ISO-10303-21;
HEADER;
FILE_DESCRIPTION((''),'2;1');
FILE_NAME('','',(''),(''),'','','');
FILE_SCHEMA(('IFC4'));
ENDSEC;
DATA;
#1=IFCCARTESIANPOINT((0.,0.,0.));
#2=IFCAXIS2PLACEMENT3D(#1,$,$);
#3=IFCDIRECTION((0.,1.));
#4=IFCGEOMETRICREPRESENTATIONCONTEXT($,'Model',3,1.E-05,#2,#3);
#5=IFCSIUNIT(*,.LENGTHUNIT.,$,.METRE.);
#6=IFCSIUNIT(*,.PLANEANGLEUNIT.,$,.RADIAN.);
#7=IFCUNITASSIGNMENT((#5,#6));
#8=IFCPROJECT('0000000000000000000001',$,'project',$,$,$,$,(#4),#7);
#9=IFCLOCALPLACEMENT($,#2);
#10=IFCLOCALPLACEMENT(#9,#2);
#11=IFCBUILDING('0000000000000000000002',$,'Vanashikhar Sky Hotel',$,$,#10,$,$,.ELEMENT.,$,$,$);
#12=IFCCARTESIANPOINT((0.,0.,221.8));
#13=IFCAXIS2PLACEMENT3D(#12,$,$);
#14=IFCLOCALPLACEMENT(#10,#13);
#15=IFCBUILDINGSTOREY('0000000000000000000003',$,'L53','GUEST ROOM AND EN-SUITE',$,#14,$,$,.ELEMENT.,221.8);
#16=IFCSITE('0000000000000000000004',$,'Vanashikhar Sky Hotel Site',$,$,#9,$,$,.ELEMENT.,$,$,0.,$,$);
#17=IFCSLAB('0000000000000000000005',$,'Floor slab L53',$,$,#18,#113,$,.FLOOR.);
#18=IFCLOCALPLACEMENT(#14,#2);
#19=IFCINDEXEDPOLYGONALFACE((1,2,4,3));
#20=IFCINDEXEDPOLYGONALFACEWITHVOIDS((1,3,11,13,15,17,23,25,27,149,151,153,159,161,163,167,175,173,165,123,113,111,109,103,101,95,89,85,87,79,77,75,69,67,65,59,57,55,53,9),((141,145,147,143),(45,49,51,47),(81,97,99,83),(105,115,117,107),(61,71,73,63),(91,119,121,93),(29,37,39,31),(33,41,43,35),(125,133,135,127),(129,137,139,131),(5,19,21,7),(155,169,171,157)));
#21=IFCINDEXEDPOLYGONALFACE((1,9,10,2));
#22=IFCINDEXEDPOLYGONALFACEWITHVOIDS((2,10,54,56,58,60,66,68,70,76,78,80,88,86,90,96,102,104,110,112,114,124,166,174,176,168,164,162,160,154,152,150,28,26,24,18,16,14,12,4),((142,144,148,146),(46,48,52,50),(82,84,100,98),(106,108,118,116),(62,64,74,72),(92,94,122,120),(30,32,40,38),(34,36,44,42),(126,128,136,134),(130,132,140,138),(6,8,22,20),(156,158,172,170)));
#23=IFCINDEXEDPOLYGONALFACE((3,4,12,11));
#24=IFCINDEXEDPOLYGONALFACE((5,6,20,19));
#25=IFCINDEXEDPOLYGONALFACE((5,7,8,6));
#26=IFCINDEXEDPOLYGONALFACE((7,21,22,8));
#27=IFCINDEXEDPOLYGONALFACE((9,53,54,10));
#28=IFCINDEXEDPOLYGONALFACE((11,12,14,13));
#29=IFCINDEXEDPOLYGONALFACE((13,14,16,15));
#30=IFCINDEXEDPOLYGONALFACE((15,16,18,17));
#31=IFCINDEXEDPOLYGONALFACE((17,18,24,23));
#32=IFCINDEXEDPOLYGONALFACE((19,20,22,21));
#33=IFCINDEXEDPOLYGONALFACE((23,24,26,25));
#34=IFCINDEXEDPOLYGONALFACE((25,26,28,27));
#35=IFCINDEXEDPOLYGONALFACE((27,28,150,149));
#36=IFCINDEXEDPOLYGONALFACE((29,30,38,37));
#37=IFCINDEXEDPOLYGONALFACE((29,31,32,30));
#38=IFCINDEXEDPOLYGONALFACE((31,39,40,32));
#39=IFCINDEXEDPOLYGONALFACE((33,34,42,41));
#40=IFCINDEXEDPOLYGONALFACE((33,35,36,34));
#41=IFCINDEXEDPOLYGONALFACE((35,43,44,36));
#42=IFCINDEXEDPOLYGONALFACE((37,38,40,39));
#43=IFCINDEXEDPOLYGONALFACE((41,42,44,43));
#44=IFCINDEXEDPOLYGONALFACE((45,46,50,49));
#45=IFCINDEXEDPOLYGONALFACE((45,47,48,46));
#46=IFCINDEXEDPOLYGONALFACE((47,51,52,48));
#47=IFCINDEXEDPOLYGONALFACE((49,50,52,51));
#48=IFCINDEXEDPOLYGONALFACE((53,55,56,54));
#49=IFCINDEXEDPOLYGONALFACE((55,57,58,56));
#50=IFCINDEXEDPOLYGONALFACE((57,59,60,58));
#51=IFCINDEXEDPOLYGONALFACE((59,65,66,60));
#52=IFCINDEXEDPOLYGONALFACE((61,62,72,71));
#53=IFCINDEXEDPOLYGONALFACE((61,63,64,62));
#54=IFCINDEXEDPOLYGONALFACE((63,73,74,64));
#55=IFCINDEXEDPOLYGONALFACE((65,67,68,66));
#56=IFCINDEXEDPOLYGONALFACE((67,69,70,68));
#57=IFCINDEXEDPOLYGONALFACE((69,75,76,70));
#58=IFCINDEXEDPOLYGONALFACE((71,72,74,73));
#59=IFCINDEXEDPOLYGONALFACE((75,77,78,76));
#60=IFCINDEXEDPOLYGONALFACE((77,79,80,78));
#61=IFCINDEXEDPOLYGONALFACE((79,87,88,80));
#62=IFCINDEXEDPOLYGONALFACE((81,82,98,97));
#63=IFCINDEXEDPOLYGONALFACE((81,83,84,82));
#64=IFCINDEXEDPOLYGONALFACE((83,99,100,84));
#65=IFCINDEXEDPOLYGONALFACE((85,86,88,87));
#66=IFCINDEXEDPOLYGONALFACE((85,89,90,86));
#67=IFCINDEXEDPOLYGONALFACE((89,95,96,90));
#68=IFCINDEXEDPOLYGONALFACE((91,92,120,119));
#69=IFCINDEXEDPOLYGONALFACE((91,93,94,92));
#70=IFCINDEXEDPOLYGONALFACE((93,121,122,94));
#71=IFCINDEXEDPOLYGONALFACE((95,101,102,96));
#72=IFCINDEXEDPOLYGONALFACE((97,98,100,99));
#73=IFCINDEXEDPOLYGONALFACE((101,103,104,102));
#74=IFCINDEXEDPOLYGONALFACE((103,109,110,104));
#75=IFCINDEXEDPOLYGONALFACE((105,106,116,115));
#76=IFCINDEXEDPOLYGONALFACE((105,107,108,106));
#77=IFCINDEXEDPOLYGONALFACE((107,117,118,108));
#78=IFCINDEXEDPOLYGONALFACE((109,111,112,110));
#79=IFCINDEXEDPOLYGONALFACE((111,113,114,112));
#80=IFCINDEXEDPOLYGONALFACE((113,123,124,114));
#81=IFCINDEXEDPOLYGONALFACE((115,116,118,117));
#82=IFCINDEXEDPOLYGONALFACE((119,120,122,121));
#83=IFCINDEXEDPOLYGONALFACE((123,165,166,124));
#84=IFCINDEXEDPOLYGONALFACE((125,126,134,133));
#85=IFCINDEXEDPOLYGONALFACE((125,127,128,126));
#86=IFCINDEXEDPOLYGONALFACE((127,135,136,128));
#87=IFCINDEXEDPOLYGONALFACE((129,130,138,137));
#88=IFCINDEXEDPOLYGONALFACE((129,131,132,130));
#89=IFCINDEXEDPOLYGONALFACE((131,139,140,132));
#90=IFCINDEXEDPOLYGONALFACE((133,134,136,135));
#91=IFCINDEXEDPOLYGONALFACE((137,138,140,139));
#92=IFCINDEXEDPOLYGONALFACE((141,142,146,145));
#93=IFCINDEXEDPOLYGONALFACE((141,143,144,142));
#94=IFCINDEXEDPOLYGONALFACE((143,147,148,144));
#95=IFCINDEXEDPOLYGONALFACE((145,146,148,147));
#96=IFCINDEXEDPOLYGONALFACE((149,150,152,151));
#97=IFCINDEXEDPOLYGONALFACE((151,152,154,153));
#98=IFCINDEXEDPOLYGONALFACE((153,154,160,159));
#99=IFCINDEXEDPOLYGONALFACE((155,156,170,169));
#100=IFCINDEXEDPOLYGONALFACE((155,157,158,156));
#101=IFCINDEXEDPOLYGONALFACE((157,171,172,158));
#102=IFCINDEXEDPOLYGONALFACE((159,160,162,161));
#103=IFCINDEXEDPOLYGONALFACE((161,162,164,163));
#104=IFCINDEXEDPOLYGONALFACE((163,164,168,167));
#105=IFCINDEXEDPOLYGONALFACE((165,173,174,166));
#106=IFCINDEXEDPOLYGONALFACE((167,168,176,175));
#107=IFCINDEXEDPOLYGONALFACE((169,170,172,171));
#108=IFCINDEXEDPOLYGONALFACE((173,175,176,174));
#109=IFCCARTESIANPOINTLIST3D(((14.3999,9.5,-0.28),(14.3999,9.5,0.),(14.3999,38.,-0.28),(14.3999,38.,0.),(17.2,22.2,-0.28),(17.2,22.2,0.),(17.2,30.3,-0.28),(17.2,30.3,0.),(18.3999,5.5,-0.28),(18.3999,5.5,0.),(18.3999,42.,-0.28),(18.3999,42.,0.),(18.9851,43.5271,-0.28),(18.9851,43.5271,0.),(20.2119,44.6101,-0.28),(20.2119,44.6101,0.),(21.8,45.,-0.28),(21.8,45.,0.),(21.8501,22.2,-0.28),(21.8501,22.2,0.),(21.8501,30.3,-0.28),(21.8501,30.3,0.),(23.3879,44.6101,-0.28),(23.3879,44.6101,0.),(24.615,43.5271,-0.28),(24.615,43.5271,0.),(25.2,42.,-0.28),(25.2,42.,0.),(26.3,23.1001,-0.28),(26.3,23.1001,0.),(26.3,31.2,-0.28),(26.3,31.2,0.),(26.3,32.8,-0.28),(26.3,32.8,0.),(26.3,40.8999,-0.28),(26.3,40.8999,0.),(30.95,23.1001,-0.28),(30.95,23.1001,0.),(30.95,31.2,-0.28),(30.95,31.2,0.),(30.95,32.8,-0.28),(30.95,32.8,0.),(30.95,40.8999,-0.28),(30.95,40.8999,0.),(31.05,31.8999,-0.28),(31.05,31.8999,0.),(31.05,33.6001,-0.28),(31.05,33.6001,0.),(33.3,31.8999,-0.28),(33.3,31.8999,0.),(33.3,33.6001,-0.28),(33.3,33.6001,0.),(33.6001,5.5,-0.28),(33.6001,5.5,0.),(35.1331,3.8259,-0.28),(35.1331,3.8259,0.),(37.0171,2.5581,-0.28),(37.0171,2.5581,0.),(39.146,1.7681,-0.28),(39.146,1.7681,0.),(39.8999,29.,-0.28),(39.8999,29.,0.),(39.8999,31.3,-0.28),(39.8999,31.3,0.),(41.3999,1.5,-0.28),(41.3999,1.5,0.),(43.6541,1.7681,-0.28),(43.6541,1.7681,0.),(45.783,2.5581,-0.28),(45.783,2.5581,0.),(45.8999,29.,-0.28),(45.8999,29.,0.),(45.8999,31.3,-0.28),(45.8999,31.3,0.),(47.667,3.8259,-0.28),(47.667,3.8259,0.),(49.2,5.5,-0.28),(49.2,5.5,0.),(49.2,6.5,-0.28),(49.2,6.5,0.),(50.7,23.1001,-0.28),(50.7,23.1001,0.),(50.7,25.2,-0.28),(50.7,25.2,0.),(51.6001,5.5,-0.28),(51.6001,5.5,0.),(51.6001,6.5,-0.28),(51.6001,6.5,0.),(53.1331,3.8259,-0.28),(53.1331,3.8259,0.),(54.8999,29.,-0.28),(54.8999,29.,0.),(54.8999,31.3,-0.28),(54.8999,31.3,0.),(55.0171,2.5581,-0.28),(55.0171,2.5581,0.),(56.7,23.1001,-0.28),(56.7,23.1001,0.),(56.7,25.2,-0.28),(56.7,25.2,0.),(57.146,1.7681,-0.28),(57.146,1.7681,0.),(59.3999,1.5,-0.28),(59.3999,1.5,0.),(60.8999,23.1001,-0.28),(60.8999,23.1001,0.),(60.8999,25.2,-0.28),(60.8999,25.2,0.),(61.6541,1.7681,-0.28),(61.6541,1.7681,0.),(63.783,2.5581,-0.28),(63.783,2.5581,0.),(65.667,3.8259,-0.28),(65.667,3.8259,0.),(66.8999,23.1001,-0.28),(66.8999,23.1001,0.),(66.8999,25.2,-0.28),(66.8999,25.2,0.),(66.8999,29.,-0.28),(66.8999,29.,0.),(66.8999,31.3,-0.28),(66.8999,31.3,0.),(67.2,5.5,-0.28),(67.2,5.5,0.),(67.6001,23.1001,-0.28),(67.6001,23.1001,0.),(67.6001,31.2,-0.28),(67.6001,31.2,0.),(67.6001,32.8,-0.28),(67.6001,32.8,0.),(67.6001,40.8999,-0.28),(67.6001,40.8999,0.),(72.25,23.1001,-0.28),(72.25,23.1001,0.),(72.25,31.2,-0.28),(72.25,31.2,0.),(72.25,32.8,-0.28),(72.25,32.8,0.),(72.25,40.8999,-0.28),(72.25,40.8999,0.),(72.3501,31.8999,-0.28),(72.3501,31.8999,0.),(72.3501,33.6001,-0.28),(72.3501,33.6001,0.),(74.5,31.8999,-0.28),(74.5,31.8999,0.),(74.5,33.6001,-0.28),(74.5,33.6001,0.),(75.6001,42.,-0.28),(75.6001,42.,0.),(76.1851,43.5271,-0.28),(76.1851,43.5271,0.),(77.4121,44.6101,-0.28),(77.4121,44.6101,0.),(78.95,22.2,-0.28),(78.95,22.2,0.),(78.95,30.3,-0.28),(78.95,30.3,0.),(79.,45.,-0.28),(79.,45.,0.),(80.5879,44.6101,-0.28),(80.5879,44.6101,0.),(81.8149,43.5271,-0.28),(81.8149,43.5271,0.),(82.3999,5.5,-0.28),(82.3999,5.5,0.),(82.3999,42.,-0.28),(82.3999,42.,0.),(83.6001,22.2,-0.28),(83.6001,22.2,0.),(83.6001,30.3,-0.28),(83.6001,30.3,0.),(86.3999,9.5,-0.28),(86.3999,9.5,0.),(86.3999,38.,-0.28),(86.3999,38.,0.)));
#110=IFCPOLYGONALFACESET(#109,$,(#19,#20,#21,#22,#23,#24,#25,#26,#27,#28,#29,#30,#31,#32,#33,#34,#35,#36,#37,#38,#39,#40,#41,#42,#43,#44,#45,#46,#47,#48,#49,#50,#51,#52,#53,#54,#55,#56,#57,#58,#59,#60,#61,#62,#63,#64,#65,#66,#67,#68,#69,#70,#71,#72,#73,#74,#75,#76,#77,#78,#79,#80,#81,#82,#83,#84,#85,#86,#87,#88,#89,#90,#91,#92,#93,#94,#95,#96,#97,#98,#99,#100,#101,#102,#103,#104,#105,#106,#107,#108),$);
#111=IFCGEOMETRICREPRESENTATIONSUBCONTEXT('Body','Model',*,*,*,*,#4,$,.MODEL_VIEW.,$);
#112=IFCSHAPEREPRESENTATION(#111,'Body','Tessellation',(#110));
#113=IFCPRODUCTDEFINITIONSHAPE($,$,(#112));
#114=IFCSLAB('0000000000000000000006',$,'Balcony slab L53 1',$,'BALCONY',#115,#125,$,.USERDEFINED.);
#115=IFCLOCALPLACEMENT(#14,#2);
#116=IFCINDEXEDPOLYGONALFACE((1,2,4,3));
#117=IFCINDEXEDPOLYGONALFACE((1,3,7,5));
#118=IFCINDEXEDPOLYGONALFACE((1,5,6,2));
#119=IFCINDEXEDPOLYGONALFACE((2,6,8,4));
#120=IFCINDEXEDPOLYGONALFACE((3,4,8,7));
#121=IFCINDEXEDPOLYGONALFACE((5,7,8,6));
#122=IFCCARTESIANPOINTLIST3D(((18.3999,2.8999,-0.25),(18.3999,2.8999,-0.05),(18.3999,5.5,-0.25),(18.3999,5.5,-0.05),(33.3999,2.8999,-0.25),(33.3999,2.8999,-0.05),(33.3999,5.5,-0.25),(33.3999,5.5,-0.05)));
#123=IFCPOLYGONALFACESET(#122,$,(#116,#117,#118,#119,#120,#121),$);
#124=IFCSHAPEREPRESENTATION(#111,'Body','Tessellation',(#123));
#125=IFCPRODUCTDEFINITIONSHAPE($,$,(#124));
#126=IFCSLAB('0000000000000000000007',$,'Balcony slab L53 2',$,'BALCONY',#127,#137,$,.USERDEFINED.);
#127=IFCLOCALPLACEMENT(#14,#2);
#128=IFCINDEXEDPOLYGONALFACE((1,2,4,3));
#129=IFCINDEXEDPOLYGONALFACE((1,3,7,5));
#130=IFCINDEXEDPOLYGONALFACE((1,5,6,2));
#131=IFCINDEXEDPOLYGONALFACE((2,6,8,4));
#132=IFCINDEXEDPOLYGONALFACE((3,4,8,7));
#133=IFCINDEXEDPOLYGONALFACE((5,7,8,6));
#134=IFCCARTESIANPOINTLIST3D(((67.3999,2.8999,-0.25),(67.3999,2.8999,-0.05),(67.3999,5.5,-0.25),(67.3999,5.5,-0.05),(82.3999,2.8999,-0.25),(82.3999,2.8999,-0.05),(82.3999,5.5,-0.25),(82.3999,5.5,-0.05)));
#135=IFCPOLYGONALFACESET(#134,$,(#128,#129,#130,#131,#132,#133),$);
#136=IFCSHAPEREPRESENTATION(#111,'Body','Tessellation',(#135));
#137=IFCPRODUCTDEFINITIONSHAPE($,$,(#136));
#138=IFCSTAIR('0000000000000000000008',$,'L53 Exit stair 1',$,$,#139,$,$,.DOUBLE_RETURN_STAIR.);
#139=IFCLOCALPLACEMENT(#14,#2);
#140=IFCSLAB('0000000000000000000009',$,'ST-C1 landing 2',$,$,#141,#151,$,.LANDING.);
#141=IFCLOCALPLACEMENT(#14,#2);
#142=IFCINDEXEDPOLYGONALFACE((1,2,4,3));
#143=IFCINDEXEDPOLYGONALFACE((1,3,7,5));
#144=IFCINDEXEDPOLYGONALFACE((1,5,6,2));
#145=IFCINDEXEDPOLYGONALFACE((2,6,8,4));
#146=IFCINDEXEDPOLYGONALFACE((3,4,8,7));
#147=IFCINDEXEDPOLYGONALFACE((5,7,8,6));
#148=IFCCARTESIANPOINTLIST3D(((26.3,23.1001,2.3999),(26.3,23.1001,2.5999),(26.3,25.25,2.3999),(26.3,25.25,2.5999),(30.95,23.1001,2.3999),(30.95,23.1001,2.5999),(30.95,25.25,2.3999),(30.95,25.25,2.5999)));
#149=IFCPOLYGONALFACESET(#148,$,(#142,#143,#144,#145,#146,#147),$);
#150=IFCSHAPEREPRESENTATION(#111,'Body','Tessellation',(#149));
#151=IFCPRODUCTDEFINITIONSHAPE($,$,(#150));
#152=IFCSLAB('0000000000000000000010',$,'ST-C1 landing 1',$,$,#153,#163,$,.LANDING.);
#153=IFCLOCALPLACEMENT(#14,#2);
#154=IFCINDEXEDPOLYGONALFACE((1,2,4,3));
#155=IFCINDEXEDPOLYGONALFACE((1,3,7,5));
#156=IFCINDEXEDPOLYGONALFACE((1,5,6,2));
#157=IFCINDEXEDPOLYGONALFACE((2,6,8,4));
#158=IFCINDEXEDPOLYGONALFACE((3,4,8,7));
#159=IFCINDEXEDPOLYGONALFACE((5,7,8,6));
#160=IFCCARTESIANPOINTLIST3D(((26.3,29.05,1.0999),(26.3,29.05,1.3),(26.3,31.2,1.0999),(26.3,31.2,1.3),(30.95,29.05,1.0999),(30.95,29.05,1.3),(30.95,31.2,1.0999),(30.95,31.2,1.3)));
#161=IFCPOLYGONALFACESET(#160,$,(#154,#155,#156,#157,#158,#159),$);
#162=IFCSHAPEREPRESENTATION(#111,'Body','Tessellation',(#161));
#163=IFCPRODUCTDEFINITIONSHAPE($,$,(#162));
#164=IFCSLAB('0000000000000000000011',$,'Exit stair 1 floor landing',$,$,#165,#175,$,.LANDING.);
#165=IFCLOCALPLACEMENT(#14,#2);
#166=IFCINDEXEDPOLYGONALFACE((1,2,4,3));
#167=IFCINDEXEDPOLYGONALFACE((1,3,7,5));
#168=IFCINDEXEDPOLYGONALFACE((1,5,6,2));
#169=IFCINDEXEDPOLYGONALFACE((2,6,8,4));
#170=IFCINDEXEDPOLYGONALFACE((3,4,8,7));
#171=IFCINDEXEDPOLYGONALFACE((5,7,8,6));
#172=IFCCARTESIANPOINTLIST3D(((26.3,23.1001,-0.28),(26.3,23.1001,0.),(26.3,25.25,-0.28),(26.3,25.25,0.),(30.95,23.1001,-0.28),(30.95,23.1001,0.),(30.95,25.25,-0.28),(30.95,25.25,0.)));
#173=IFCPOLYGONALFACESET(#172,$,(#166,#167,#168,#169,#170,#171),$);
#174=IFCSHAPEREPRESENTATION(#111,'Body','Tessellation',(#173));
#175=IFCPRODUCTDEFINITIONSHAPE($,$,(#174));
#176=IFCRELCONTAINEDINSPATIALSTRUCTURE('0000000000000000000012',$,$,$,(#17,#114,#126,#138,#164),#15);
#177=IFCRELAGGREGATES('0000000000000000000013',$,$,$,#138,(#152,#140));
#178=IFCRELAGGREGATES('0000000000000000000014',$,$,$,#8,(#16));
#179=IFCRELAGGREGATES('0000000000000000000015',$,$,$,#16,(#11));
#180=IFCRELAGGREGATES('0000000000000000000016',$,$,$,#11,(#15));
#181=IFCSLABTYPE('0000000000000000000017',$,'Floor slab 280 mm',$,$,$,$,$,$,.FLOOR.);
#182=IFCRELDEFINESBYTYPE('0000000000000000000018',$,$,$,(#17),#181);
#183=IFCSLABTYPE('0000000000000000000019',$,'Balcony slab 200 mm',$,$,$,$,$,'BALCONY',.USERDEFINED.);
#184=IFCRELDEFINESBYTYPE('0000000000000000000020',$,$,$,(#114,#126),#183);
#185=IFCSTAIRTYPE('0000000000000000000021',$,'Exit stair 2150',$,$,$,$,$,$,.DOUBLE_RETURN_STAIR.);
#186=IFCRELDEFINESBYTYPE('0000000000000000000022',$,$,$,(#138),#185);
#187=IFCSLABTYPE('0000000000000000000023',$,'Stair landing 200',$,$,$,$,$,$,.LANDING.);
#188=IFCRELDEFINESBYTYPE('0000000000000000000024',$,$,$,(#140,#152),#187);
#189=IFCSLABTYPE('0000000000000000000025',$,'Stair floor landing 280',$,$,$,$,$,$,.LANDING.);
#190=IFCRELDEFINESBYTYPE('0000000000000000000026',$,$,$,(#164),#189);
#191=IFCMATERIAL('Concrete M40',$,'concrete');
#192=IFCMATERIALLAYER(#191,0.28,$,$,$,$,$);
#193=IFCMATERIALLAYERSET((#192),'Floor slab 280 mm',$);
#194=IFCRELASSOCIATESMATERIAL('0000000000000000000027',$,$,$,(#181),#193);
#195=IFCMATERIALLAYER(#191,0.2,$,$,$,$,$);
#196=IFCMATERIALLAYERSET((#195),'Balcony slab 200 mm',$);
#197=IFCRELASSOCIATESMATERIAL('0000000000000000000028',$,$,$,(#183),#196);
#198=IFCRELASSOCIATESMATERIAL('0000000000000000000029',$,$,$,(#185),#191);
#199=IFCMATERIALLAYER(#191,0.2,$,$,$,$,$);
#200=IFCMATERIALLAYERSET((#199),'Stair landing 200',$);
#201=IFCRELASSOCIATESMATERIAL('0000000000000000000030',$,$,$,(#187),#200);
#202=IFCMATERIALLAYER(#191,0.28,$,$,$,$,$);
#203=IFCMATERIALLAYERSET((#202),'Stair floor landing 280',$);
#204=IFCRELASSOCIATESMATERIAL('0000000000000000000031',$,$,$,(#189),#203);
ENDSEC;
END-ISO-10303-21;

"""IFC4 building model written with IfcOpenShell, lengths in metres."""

from ifc_helpers import new_model, si_unit, direction, frame, origin, place, context, subcontext, project, spatial, polyline, outline, extrude, source, transform, mapped, material, layer, layer_set, type_object, element, aggregate, save


model = new_model("IFC4")

# Units and contexts
model_context = context("Model", 3, precision=1e-05, world=origin(), true_north=direction((0.0, 1.0)))
body_context = subcontext(model_context, "Body", "Model", "MODEL_VIEW")
ifc_project = project(units=[si_unit("LENGTHUNIT", "METRE"), si_unit("PLANEANGLEUNIT", "RADIAN")], contexts=[model_context])

# Site, building, storey
site_placement = place(None, origin())
site = spatial("IfcSite", under=ifc_project, at=site_placement, Name="Vanashikhar Sky Hotel Site", CompositionType="ELEMENT", RefElevation=0.0)
building_placement = place(site_placement, origin())
building = spatial("IfcBuilding", under=site, at=building_placement, Name="Vanashikhar Sky Hotel", CompositionType="ELEMENT")
storey_placement = place(building_placement, frame((0.0, 0.0, 221.8)))
storey = spatial("IfcBuildingStorey", under=building, at=storey_placement, Name="L53", Description="GUEST ROOM AND EN-SUITE", CompositionType="ELEMENT", Elevation=221.8)

# Slabs
ifc_material = material(Name="Concrete M40", Category="concrete")
ifc_layer_1 = layer(ifc_material, 0.28)
ifc_layer_set_1 = layer_set([ifc_layer_1], Name="Floor slab 280 mm")
slab_type_1 = type_object("IfcSlabType", Name="Floor slab 280 mm", PredefinedType="FLOOR", material=ifc_layer_set_1)
shared_shape_1 = source(origin(), body_context, "Body", "SweptSolid", [
    extrude(outline(polyline([(49.2, 5.5), (49.2, 6.5), (51.6001, 6.5), (51.6001, 5.5), (53.1331, 3.8259), (55.0171, 2.5581), (57.146, 1.7681), (59.3999, 1.5), (61.6541, 1.7681), (63.783, 2.5581), (65.667, 3.8259), (67.2, 5.5), (82.3999, 5.5), (86.3999, 9.5), (86.3999, 38.0), (82.3999, 42.0), (81.8149, 43.5271), (80.5879, 44.6101), (79.0, 45.0), (77.4121, 44.6101), (76.1851, 43.5271), (75.6001, 42.0), (25.2, 42.0), (24.615, 43.5271), (23.3879, 44.6101), (21.8, 45.0), (20.2119, 44.6101), (18.9851, 43.5271), (18.3999, 42.0), (14.3999, 38.0), (14.3999, 9.5), (18.3999, 5.5), (33.6001, 5.5), (35.1331, 3.8259), (37.0171, 2.5581), (39.146, 1.7681), (41.3999, 1.5), (43.6541, 1.7681), (45.783, 2.5581), (47.667, 3.8259), (49.2, 5.5)]), holes=[polyline([(33.3, 33.6001), (31.05, 33.6001), (31.05, 31.8999), (33.3, 31.8999), (33.3, 33.6001)]), polyline([(39.8999, 31.3), (39.8999, 29.0), (45.8999, 29.0), (45.8999, 31.3), (39.8999, 31.3)]), polyline([(50.7, 25.2), (50.7, 23.1001), (56.7, 23.1001), (56.7, 25.2), (50.7, 25.2)]), polyline([(66.8999, 29.0), (66.8999, 31.3), (54.8999, 31.3), (54.8999, 29.0), (66.8999, 29.0)]), polyline([(60.8999, 25.2), (60.8999, 23.1001), (66.8999, 23.1001), (66.8999, 25.2), (60.8999, 25.2)]), polyline([(74.5, 33.6001), (72.3501, 33.6001), (72.3501, 31.8999), (74.5, 31.8999), (74.5, 33.6001)]), polyline([(30.95, 23.1001), (30.95, 31.2), (26.3, 31.2), (26.3, 23.1001), (30.95, 23.1001)]), polyline([(72.25, 23.1001), (72.25, 31.2), (67.6001, 31.2), (67.6001, 23.1001), (72.25, 23.1001)]), polyline([(30.95, 32.8), (30.95, 40.8999), (26.3, 40.8999), (26.3, 32.8), (30.95, 32.8)]), polyline([(72.25, 32.8), (72.25, 40.8999), (67.6001, 40.8999), (67.6001, 32.8), (72.25, 32.8)]), polyline([(83.6001, 22.2), (83.6001, 30.3), (78.95, 30.3), (78.95, 22.2), (83.6001, 22.2)]), polyline([(21.8501, 22.2), (21.8501, 30.3), (17.2, 30.3), (17.2, 22.2), (21.8501, 22.2)])]), origin(), (0.0, 0.0, 1.0), 0.28),
])
slab_1_placement = place(storey_placement, frame((0.0, 0.0, -0.28)))
element("IfcSlab", 1, at=slab_1_placement, inside=storey, type_object=slab_type_1, Name="Floor slab L53", PredefinedType="FLOOR", context=body_context, shape_type="MappedRepresentation", body=[
    mapped(shared_shape_1, transform((0.0, 0.0, 0.0), scale=1.0)),
])
ifc_layer_2 = layer(ifc_material, 0.2)
ifc_layer_set_2 = layer_set([ifc_layer_2], Name="Balcony slab 200 mm")
slab_type_2 = type_object("IfcSlabType", Name="Balcony slab 200 mm", ElementType="BALCONY", PredefinedType="USERDEFINED", material=ifc_layer_set_2)
shared_shape_2 = source(origin(), body_context, "Body", "SweptSolid", [
    extrude(outline(polyline([(18.3999, 2.8999), (33.3999, 2.8999), (33.3999, 5.5), (18.3999, 5.5), (18.3999, 2.8999)])), origin(), (0.0, 0.0, 1.0), 0.2),
])
slab_2_placement = place(storey_placement, frame((0.0, 0.0, -0.25)))
element("IfcSlab", 2, at=slab_2_placement, inside=storey, type_object=slab_type_2, Name="Balcony slab L53 1", ObjectType="BALCONY", PredefinedType="USERDEFINED", context=body_context, shape_type="MappedRepresentation", body=[
    mapped(shared_shape_2, transform((0.0, 0.0, 0.0), scale=1.0)),
])
shared_shape_3 = source(origin(), body_context, "Body", "SweptSolid", [
    extrude(outline(polyline([(67.3999, 2.8999), (82.3999, 2.8999), (82.3999, 5.5), (67.3999, 5.5), (67.3999, 2.8999)])), origin(), (0.0, 0.0, 1.0), 0.2),
])
slab_3_placement = place(storey_placement, frame((0.0, 0.0, -0.25)))
element("IfcSlab", 3, at=slab_3_placement, inside=storey, type_object=slab_type_2, Name="Balcony slab L53 2", ObjectType="BALCONY", PredefinedType="USERDEFINED", context=body_context, shape_type="MappedRepresentation", body=[
    mapped(shared_shape_3, transform((0.0, 0.0, 0.0), scale=1.0)),
])

# Stair, slabs
stair_type = type_object("IfcStairType", Name="Exit stair 2150", PredefinedType="DOUBLE_RETURN_STAIR", material=ifc_material)
stair_1_placement = place(storey_placement, origin())
stair_1 = element("IfcStair", 4, at=stair_1_placement, inside=storey, type_object=stair_type, Name="L53 Exit stair 1", PredefinedType="DOUBLE_RETURN_STAIR")
ifc_layer_3 = layer(ifc_material, 0.2)
ifc_layer_set_3 = layer_set([ifc_layer_3], Name="Stair landing 200")
slab_type_3 = type_object("IfcSlabType", Name="Stair landing 200", PredefinedType="LANDING", material=ifc_layer_set_3)
shared_shape_4 = source(origin(), body_context, "Body", "SweptSolid", [
    extrude(outline(polyline([(30.95, 23.1001), (30.95, 25.25), (26.3, 25.25), (26.3, 23.1001), (30.95, 23.1001)])), origin(), (0.0, 0.0, 1.0), 0.2),
])
slab_4_placement = place(storey_placement, frame((0.0, 0.0, 2.3999)))
slab_4 = element("IfcSlab", 5, at=slab_4_placement, type_object=slab_type_3, Name="ST-C1 landing 2", PredefinedType="LANDING", context=body_context, shape_type="MappedRepresentation", body=[
    mapped(shared_shape_4, transform((0.0, 0.0, 0.0), scale=1.0)),
])
shared_shape_5 = source(origin(), body_context, "Body", "SweptSolid", [
    extrude(outline(polyline([(30.95, 29.05), (30.95, 31.2), (26.3, 31.2), (26.3, 29.05), (30.95, 29.05)])), origin(), (0.0, 0.0, 1.0), 0.2002),
])
slab_5_placement = place(storey_placement, frame((0.0, 0.0, 1.0999)))
slab_5 = element("IfcSlab", 6, at=slab_5_placement, type_object=slab_type_3, Name="ST-C1 landing 1", PredefinedType="LANDING", context=body_context, shape_type="MappedRepresentation", body=[
    mapped(shared_shape_5, transform((0.0, 0.0, 0.0), scale=1.0)),
])
aggregate(stair_1, [slab_5, slab_4])

# Slab
ifc_layer_4 = layer(ifc_material, 0.28)
ifc_layer_set_4 = layer_set([ifc_layer_4], Name="Stair floor landing 280")
slab_type_4 = type_object("IfcSlabType", Name="Stair floor landing 280", PredefinedType="LANDING", material=ifc_layer_set_4)
shared_shape_6 = source(origin(), body_context, "Body", "SweptSolid", [
    extrude(outline(polyline([(30.95, 23.1001), (30.95, 25.25), (26.3, 25.25), (26.3, 23.1001), (30.95, 23.1001)])), origin(), (0.0, 0.0, 1.0), 0.28),
])
slab_6_placement = place(storey_placement, frame((0.0, 0.0, -0.28)))
element("IfcSlab", 7, at=slab_6_placement, inside=storey, type_object=slab_type_4, Name="Exit stair 1 floor landing", PredefinedType="LANDING", context=body_context, shape_type="MappedRepresentation", body=[
    mapped(shared_shape_6, transform((0.0, 0.0, 0.0), scale=1.0)),
])

save(model, "model.ifc")
